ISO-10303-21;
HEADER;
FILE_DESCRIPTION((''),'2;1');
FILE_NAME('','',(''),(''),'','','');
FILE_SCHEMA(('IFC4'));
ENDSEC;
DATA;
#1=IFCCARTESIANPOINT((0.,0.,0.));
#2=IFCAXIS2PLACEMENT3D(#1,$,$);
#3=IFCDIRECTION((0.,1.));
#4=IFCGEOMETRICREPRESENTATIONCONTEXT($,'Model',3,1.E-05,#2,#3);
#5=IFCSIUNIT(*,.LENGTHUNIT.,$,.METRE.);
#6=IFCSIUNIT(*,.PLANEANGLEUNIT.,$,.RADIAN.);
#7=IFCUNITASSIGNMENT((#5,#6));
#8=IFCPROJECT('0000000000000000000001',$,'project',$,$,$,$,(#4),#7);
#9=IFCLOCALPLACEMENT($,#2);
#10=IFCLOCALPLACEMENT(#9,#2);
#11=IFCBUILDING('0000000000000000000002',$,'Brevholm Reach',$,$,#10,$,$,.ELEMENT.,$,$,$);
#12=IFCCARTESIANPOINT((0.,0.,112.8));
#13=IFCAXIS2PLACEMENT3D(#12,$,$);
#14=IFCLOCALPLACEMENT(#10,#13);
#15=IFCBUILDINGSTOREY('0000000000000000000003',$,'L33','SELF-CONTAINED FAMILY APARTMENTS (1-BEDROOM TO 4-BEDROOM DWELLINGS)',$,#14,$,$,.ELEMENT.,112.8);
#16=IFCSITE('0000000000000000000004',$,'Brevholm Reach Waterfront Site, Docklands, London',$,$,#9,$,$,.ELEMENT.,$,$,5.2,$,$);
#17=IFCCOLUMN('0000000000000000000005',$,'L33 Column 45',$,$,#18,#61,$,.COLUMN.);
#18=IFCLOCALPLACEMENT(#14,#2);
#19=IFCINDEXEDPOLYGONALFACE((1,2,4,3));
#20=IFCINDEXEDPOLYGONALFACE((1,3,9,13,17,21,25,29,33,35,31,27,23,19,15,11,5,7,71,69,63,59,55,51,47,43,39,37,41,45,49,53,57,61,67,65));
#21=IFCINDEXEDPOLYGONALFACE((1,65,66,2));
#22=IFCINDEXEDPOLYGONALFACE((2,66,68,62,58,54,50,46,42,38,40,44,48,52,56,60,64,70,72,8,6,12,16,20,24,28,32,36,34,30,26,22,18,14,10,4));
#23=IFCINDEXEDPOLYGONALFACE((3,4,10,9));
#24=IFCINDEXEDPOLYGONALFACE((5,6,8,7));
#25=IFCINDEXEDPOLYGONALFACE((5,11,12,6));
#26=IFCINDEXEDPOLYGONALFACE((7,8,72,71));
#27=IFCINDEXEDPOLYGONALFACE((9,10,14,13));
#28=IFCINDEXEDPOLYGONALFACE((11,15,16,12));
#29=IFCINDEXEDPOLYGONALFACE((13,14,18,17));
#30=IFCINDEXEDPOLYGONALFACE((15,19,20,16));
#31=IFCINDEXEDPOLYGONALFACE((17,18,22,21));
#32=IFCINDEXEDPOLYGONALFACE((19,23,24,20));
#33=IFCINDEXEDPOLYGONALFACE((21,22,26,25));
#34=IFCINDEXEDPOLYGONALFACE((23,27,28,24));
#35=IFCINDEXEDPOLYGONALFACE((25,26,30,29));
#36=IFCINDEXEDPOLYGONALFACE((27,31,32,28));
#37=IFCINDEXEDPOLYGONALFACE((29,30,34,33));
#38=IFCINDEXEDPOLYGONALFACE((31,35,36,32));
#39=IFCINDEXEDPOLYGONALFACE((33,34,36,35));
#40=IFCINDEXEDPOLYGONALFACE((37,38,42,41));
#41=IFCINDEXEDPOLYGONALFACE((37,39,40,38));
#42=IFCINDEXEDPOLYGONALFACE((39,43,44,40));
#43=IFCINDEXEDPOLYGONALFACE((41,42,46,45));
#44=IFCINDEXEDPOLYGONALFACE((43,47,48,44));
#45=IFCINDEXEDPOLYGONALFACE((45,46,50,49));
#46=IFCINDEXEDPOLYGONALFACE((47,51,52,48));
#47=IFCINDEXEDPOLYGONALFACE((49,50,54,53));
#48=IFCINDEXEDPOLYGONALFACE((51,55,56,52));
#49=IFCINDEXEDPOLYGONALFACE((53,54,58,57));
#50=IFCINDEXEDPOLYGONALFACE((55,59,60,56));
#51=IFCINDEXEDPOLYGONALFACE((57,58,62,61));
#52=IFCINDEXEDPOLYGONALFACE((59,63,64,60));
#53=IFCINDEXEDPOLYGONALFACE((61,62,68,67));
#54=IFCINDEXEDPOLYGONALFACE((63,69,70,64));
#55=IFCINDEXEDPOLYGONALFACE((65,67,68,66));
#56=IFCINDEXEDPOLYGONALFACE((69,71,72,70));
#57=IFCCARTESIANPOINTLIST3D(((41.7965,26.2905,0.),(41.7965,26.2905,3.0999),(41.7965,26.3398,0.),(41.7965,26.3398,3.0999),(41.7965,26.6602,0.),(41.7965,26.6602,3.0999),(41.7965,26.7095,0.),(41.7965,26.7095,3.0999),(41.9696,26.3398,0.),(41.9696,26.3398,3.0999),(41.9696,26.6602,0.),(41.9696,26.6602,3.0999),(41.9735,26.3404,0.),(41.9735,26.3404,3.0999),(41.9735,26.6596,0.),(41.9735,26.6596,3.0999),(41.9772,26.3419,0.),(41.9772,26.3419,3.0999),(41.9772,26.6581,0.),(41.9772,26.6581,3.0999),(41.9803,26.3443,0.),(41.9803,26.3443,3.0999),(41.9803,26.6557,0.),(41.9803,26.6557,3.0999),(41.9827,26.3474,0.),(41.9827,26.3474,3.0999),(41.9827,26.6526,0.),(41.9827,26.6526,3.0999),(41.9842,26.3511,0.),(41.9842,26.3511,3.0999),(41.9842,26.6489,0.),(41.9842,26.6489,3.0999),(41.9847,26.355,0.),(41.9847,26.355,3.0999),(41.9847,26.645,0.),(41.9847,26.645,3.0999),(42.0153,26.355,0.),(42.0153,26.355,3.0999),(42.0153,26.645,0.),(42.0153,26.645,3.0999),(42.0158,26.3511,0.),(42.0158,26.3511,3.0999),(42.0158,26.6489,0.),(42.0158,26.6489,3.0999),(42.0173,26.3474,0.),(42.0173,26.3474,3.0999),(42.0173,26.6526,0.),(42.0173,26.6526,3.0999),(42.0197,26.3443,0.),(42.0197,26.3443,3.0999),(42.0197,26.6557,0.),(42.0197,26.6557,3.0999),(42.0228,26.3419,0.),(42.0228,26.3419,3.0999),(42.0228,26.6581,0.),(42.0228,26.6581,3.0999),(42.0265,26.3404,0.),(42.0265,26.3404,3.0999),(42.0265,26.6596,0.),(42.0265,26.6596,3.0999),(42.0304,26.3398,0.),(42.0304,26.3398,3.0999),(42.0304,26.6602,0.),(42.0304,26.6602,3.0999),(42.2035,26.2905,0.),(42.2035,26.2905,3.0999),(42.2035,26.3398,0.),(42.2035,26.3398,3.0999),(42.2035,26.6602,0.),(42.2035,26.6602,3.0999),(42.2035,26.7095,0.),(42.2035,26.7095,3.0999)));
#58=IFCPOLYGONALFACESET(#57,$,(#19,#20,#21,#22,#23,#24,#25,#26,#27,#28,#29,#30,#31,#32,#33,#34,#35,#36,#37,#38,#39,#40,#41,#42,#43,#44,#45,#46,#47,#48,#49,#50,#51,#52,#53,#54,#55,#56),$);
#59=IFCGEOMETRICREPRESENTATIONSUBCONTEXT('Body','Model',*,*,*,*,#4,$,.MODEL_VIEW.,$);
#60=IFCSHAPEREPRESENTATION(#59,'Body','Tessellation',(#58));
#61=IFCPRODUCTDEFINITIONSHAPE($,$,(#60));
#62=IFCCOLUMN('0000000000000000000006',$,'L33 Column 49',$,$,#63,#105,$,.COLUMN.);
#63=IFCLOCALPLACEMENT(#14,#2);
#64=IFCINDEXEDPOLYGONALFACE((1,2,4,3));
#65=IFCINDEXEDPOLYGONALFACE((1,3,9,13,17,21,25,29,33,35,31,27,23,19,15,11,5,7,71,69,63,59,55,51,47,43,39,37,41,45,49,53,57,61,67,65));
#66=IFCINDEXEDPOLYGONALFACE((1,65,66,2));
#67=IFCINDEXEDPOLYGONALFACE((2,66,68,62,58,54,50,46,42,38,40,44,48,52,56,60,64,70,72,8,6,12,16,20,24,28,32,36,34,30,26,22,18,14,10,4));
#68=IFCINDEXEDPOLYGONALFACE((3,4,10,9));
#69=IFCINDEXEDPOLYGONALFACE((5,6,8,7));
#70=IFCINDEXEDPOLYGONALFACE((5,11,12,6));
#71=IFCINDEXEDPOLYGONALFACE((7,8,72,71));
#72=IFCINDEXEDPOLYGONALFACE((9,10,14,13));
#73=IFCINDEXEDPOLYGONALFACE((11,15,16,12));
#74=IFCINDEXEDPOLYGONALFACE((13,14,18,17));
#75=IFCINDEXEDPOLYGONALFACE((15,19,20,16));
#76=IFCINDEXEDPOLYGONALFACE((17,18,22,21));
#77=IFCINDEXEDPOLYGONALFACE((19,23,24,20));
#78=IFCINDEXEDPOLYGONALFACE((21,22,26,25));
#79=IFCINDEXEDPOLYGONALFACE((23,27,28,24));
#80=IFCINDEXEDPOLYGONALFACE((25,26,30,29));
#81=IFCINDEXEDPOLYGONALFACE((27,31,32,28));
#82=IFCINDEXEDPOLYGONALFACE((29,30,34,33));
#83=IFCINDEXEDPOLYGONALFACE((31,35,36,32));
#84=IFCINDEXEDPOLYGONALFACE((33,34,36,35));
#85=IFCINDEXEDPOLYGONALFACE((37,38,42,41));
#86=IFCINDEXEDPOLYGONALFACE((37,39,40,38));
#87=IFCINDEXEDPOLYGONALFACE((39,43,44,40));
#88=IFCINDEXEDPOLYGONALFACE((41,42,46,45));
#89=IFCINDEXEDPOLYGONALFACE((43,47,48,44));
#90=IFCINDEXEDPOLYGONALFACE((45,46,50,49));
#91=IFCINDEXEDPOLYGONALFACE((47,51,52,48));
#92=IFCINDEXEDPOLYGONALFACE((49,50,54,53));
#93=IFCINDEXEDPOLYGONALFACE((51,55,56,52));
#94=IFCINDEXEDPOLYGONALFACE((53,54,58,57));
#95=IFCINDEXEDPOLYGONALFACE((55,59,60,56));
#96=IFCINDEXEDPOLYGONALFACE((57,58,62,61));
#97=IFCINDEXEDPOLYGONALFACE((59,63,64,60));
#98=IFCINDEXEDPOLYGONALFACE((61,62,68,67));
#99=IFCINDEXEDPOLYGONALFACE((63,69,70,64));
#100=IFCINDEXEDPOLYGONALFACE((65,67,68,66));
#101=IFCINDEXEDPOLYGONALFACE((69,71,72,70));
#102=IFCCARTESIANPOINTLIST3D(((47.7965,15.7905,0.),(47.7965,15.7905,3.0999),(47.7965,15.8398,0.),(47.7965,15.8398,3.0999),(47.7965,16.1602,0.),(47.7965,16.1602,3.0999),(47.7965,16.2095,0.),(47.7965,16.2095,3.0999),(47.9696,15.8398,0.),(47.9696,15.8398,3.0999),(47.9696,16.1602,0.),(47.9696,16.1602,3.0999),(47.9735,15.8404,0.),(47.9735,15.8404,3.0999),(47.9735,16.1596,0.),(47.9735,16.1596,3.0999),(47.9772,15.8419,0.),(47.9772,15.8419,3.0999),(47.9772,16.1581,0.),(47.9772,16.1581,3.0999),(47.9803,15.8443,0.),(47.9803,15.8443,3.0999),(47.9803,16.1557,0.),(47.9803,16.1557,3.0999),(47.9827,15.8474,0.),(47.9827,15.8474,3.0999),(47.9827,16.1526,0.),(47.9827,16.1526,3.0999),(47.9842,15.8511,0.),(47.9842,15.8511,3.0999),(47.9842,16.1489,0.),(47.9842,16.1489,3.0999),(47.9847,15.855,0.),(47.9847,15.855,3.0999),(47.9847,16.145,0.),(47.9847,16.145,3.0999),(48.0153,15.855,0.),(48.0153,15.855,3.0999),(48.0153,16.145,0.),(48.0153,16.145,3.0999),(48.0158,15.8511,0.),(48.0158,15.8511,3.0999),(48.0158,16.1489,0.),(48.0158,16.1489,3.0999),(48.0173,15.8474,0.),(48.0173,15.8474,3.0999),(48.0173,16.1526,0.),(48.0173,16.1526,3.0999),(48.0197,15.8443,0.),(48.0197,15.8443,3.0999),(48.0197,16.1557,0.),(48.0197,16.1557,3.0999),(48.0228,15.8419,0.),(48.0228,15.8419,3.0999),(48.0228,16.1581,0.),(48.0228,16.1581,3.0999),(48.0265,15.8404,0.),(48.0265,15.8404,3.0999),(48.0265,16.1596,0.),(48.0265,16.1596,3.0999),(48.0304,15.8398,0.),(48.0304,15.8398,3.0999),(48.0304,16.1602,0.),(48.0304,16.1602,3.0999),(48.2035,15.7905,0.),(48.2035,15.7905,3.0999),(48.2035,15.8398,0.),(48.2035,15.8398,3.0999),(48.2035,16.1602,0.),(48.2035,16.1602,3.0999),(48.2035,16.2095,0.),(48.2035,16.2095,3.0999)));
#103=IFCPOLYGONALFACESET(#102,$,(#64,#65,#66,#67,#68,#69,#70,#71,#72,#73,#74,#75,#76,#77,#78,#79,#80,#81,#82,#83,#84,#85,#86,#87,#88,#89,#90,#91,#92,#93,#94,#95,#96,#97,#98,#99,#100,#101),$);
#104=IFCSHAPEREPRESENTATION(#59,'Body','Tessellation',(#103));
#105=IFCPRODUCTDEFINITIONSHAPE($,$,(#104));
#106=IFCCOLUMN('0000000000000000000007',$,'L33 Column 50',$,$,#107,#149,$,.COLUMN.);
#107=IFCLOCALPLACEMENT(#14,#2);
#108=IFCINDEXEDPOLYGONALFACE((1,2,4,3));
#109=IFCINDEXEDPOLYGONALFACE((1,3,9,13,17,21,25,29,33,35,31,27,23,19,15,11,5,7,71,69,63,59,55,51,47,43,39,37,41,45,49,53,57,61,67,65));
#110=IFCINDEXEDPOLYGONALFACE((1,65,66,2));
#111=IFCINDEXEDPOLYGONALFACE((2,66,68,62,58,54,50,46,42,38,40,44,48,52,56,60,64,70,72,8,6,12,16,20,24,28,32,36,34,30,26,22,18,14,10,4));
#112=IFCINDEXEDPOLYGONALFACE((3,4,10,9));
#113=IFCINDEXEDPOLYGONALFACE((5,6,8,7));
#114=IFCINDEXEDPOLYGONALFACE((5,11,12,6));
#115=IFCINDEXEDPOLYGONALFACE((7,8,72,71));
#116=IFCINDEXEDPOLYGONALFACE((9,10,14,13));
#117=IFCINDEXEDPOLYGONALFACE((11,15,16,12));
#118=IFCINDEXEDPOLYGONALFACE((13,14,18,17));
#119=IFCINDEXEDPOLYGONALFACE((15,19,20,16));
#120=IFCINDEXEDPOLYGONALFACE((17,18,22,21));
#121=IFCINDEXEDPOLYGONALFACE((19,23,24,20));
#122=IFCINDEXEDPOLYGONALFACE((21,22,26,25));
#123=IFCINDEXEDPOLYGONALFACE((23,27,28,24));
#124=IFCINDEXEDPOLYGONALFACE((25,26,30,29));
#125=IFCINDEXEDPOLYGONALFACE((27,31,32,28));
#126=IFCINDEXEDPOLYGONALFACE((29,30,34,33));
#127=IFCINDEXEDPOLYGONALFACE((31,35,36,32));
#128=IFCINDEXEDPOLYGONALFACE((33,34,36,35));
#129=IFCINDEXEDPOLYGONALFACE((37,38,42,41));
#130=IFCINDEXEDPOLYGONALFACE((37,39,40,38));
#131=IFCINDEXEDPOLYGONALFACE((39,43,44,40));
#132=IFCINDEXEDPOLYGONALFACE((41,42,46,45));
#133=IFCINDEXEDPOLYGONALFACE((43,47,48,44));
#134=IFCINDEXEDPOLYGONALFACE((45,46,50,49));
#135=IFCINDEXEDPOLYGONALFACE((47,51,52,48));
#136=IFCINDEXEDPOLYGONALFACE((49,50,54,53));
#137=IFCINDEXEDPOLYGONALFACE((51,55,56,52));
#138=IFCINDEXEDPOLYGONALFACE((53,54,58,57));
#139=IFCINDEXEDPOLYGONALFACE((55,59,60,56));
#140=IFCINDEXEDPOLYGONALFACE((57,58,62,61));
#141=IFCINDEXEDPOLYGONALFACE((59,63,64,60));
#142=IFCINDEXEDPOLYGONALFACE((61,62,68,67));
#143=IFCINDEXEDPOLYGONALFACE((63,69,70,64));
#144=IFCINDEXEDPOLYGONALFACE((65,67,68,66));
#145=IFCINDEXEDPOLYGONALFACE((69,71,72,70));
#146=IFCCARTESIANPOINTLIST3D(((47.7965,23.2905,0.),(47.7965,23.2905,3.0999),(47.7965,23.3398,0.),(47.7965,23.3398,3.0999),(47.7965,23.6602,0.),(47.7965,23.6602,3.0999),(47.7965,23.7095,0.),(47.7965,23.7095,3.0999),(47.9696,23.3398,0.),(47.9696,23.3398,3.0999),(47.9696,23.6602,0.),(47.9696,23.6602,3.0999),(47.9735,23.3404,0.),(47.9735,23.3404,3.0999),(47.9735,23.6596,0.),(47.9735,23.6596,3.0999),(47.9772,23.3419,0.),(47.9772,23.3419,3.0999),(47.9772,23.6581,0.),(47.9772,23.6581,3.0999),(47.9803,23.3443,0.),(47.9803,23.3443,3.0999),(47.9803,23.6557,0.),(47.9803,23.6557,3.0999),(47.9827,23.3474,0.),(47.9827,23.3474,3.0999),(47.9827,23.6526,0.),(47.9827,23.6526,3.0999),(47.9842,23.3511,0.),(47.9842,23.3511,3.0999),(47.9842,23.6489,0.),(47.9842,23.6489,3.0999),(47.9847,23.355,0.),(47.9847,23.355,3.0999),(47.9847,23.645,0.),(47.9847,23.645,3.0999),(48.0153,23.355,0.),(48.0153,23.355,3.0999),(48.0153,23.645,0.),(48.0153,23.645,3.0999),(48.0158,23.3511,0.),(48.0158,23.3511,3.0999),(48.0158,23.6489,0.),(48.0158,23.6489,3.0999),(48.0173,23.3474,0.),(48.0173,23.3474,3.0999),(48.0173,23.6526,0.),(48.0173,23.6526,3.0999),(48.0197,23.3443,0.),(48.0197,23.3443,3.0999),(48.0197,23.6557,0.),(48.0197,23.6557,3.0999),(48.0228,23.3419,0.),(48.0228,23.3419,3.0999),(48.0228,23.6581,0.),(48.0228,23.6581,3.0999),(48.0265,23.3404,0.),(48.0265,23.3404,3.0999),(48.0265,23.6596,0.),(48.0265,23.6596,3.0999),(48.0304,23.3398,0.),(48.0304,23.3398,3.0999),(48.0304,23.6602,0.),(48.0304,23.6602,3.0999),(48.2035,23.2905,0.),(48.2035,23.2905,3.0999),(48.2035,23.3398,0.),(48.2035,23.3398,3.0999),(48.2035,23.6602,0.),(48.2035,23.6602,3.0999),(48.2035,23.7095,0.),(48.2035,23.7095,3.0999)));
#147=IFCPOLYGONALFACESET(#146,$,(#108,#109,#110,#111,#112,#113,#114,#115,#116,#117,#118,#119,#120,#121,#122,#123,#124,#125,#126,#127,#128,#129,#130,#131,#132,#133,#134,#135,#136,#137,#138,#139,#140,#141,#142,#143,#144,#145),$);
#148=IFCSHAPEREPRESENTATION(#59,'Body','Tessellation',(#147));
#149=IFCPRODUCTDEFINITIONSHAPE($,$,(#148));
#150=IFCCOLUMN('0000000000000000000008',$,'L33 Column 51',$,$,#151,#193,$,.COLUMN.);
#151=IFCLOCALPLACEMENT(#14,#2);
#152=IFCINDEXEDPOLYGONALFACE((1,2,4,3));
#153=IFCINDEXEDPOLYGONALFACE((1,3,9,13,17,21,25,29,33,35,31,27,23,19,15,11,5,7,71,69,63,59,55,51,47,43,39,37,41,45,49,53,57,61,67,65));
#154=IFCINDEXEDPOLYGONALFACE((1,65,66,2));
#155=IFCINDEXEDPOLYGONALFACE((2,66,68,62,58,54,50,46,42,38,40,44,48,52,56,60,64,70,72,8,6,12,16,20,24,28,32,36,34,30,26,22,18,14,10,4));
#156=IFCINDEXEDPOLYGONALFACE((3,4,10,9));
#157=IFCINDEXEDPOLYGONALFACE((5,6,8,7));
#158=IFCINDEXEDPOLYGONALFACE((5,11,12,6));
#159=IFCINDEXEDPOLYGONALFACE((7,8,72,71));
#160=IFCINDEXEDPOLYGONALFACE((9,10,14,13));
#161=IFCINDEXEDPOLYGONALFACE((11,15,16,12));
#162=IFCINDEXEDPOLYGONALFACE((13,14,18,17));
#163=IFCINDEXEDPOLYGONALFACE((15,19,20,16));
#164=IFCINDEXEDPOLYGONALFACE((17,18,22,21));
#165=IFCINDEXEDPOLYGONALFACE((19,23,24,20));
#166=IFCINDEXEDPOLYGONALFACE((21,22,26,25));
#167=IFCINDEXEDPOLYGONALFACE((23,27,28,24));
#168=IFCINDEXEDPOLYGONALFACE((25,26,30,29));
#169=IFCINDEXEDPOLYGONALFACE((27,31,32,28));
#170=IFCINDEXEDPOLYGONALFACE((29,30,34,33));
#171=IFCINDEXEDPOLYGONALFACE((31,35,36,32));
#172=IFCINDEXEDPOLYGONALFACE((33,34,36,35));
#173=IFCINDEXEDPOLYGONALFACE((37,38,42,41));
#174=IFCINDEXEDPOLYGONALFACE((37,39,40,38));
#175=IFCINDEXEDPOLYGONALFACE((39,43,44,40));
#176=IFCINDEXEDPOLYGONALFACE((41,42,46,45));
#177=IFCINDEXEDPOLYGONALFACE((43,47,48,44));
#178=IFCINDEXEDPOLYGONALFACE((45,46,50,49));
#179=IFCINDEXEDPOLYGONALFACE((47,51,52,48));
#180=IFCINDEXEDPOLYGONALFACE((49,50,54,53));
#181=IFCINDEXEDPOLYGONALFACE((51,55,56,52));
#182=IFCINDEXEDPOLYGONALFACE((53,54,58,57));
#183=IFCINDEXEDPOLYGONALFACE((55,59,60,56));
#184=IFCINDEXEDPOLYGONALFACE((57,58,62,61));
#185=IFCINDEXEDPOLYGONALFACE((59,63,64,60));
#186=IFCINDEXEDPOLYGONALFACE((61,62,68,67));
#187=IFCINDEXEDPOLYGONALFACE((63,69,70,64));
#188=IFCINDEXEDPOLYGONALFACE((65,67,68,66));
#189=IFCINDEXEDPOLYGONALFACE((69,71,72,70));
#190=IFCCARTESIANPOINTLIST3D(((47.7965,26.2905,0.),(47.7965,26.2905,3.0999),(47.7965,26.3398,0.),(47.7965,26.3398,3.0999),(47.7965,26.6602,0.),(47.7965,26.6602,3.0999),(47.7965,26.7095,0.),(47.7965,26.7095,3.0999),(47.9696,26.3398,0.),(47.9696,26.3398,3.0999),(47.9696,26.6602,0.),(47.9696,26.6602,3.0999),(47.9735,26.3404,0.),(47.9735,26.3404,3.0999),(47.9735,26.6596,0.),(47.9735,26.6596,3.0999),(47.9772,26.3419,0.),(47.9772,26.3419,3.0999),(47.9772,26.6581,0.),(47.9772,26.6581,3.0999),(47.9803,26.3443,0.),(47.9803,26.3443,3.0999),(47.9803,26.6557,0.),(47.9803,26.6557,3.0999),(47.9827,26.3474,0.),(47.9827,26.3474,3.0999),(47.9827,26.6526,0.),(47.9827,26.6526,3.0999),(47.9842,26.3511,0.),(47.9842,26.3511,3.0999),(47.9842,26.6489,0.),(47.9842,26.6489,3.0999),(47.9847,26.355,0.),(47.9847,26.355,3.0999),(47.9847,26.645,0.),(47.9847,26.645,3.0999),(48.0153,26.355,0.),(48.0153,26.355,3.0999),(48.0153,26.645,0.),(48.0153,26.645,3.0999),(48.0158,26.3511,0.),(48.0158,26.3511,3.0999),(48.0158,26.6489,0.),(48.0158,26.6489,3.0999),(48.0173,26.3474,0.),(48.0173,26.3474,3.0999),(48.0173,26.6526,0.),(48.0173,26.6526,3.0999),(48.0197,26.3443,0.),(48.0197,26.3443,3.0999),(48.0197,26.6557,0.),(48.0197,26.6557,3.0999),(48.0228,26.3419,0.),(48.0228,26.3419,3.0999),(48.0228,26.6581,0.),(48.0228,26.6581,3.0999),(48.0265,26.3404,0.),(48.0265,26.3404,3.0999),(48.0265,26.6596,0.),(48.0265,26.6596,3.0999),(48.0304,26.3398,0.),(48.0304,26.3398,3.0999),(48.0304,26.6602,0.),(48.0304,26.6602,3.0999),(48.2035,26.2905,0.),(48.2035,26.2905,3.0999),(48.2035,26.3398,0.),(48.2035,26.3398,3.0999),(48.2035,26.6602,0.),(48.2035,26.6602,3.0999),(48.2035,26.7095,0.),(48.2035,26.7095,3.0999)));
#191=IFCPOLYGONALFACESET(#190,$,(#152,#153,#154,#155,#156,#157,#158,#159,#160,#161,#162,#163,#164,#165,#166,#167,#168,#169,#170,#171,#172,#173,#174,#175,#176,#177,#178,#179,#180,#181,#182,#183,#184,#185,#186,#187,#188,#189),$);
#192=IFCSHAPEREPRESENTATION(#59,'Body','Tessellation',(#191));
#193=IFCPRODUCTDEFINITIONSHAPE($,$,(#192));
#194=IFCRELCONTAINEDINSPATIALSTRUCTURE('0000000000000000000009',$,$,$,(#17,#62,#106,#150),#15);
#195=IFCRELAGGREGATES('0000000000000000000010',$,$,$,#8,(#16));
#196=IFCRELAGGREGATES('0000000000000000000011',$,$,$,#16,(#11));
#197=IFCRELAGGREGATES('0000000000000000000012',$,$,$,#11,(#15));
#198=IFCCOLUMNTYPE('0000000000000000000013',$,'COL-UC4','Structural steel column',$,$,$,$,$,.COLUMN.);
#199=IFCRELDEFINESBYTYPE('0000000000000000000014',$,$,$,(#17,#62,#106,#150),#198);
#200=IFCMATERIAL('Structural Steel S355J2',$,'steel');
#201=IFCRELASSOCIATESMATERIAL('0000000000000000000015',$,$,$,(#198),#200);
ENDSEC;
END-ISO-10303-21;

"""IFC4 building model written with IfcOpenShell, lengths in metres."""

from ifc_helpers import new_model, si_unit, direction, frame, origin, origin_2d, place, context, subcontext, project, spatial, i_section, extrude, material, material_profile, profile_set, type_object, element, save


model = new_model("IFC4")

# Units and contexts
model_context = context("Model", 3, precision=1e-05, world=origin(), true_north=direction((0.0, 1.0)))
body_context = subcontext(model_context, "Body", "Model", "MODEL_VIEW")
ifc_project = project(units=[si_unit("LENGTHUNIT", "METRE"), si_unit("PLANEANGLEUNIT", "RADIAN")], contexts=[model_context])

# Site, building, storey
site_placement = place(None, origin())
site = spatial("IfcSite", under=ifc_project, at=site_placement, Name="Brevholm Reach Waterfront Site, Docklands, London", CompositionType="ELEMENT", RefElevation=5.2)
building_placement = place(site_placement, origin())
building = spatial("IfcBuilding", under=site, at=building_placement, Name="Brevholm Reach", CompositionType="ELEMENT")
storey_placement = place(building_placement, frame((0.0, 0.0, 112.8)))
storey = spatial("IfcBuildingStorey", under=building, at=storey_placement, Name="L33", Description="SELF-CONTAINED FAMILY APARTMENTS (1-BEDROOM TO 4-BEDROOM DWELLINGS)", CompositionType="ELEMENT", Elevation=112.8)

# Columns
ifc_material_1 = material(Name="Structural Steel S355J2", Category="steel")
ifc_material_profile_1 = material_profile(ifc_material_1, i_section(OverallWidth=0.407, OverallDepth=0.4189, WebThickness=0.0305, FlangeThickness=0.0493, FilletRadius=0.0151, at=origin_2d()), Name="UKC 356x406x393")
ifc_profile_set_1 = profile_set([ifc_material_profile_1], Name="Structural Steel S355J2")
column_type_1 = type_object("IfcColumnType", Name="COL-UC4", Description="Structural steel column", PredefinedType="COLUMN", material=ifc_profile_set_1)
for number, where, z_axis, x_axis, name in (
    (1, (42.0, 26.5, 0.0), (0.0, 0.0, 1.0), (1.0, 0.0, 0.0), "L33 Column 45"),
    (2, (48.0, 16.0, 0.0), (0.0, 0.0, 1.0), (1.0, 0.0, 0.0), "L33 Column 49"),
    (3, (48.0, 23.5, 0.0), (0.0, 0.0, 1.0), (1.0, 0.0, 0.0), "L33 Column 50"),
    (4, (48.0, 26.5, 0.0), (0.0, 0.0, 1.0), (1.0, 0.0, 0.0), "L33 Column 51"),
):
    element("IfcColumn", number, at=place(storey_placement, frame(where, z_axis=z_axis, x_axis=x_axis)), inside=storey, type_object=column_type_1, Name=name, PredefinedType="COLUMN", context=body_context, shape_type="SweptSolid", body=[
        extrude(i_section(OverallWidth=0.407, OverallDepth=0.4189, WebThickness=0.0305, FlangeThickness=0.0493, FilletRadius=0.0151, at=origin_2d()), origin(), (0.0, 0.0, 1.0), 3.0999),
    ])

save(model, "model.ifc")
